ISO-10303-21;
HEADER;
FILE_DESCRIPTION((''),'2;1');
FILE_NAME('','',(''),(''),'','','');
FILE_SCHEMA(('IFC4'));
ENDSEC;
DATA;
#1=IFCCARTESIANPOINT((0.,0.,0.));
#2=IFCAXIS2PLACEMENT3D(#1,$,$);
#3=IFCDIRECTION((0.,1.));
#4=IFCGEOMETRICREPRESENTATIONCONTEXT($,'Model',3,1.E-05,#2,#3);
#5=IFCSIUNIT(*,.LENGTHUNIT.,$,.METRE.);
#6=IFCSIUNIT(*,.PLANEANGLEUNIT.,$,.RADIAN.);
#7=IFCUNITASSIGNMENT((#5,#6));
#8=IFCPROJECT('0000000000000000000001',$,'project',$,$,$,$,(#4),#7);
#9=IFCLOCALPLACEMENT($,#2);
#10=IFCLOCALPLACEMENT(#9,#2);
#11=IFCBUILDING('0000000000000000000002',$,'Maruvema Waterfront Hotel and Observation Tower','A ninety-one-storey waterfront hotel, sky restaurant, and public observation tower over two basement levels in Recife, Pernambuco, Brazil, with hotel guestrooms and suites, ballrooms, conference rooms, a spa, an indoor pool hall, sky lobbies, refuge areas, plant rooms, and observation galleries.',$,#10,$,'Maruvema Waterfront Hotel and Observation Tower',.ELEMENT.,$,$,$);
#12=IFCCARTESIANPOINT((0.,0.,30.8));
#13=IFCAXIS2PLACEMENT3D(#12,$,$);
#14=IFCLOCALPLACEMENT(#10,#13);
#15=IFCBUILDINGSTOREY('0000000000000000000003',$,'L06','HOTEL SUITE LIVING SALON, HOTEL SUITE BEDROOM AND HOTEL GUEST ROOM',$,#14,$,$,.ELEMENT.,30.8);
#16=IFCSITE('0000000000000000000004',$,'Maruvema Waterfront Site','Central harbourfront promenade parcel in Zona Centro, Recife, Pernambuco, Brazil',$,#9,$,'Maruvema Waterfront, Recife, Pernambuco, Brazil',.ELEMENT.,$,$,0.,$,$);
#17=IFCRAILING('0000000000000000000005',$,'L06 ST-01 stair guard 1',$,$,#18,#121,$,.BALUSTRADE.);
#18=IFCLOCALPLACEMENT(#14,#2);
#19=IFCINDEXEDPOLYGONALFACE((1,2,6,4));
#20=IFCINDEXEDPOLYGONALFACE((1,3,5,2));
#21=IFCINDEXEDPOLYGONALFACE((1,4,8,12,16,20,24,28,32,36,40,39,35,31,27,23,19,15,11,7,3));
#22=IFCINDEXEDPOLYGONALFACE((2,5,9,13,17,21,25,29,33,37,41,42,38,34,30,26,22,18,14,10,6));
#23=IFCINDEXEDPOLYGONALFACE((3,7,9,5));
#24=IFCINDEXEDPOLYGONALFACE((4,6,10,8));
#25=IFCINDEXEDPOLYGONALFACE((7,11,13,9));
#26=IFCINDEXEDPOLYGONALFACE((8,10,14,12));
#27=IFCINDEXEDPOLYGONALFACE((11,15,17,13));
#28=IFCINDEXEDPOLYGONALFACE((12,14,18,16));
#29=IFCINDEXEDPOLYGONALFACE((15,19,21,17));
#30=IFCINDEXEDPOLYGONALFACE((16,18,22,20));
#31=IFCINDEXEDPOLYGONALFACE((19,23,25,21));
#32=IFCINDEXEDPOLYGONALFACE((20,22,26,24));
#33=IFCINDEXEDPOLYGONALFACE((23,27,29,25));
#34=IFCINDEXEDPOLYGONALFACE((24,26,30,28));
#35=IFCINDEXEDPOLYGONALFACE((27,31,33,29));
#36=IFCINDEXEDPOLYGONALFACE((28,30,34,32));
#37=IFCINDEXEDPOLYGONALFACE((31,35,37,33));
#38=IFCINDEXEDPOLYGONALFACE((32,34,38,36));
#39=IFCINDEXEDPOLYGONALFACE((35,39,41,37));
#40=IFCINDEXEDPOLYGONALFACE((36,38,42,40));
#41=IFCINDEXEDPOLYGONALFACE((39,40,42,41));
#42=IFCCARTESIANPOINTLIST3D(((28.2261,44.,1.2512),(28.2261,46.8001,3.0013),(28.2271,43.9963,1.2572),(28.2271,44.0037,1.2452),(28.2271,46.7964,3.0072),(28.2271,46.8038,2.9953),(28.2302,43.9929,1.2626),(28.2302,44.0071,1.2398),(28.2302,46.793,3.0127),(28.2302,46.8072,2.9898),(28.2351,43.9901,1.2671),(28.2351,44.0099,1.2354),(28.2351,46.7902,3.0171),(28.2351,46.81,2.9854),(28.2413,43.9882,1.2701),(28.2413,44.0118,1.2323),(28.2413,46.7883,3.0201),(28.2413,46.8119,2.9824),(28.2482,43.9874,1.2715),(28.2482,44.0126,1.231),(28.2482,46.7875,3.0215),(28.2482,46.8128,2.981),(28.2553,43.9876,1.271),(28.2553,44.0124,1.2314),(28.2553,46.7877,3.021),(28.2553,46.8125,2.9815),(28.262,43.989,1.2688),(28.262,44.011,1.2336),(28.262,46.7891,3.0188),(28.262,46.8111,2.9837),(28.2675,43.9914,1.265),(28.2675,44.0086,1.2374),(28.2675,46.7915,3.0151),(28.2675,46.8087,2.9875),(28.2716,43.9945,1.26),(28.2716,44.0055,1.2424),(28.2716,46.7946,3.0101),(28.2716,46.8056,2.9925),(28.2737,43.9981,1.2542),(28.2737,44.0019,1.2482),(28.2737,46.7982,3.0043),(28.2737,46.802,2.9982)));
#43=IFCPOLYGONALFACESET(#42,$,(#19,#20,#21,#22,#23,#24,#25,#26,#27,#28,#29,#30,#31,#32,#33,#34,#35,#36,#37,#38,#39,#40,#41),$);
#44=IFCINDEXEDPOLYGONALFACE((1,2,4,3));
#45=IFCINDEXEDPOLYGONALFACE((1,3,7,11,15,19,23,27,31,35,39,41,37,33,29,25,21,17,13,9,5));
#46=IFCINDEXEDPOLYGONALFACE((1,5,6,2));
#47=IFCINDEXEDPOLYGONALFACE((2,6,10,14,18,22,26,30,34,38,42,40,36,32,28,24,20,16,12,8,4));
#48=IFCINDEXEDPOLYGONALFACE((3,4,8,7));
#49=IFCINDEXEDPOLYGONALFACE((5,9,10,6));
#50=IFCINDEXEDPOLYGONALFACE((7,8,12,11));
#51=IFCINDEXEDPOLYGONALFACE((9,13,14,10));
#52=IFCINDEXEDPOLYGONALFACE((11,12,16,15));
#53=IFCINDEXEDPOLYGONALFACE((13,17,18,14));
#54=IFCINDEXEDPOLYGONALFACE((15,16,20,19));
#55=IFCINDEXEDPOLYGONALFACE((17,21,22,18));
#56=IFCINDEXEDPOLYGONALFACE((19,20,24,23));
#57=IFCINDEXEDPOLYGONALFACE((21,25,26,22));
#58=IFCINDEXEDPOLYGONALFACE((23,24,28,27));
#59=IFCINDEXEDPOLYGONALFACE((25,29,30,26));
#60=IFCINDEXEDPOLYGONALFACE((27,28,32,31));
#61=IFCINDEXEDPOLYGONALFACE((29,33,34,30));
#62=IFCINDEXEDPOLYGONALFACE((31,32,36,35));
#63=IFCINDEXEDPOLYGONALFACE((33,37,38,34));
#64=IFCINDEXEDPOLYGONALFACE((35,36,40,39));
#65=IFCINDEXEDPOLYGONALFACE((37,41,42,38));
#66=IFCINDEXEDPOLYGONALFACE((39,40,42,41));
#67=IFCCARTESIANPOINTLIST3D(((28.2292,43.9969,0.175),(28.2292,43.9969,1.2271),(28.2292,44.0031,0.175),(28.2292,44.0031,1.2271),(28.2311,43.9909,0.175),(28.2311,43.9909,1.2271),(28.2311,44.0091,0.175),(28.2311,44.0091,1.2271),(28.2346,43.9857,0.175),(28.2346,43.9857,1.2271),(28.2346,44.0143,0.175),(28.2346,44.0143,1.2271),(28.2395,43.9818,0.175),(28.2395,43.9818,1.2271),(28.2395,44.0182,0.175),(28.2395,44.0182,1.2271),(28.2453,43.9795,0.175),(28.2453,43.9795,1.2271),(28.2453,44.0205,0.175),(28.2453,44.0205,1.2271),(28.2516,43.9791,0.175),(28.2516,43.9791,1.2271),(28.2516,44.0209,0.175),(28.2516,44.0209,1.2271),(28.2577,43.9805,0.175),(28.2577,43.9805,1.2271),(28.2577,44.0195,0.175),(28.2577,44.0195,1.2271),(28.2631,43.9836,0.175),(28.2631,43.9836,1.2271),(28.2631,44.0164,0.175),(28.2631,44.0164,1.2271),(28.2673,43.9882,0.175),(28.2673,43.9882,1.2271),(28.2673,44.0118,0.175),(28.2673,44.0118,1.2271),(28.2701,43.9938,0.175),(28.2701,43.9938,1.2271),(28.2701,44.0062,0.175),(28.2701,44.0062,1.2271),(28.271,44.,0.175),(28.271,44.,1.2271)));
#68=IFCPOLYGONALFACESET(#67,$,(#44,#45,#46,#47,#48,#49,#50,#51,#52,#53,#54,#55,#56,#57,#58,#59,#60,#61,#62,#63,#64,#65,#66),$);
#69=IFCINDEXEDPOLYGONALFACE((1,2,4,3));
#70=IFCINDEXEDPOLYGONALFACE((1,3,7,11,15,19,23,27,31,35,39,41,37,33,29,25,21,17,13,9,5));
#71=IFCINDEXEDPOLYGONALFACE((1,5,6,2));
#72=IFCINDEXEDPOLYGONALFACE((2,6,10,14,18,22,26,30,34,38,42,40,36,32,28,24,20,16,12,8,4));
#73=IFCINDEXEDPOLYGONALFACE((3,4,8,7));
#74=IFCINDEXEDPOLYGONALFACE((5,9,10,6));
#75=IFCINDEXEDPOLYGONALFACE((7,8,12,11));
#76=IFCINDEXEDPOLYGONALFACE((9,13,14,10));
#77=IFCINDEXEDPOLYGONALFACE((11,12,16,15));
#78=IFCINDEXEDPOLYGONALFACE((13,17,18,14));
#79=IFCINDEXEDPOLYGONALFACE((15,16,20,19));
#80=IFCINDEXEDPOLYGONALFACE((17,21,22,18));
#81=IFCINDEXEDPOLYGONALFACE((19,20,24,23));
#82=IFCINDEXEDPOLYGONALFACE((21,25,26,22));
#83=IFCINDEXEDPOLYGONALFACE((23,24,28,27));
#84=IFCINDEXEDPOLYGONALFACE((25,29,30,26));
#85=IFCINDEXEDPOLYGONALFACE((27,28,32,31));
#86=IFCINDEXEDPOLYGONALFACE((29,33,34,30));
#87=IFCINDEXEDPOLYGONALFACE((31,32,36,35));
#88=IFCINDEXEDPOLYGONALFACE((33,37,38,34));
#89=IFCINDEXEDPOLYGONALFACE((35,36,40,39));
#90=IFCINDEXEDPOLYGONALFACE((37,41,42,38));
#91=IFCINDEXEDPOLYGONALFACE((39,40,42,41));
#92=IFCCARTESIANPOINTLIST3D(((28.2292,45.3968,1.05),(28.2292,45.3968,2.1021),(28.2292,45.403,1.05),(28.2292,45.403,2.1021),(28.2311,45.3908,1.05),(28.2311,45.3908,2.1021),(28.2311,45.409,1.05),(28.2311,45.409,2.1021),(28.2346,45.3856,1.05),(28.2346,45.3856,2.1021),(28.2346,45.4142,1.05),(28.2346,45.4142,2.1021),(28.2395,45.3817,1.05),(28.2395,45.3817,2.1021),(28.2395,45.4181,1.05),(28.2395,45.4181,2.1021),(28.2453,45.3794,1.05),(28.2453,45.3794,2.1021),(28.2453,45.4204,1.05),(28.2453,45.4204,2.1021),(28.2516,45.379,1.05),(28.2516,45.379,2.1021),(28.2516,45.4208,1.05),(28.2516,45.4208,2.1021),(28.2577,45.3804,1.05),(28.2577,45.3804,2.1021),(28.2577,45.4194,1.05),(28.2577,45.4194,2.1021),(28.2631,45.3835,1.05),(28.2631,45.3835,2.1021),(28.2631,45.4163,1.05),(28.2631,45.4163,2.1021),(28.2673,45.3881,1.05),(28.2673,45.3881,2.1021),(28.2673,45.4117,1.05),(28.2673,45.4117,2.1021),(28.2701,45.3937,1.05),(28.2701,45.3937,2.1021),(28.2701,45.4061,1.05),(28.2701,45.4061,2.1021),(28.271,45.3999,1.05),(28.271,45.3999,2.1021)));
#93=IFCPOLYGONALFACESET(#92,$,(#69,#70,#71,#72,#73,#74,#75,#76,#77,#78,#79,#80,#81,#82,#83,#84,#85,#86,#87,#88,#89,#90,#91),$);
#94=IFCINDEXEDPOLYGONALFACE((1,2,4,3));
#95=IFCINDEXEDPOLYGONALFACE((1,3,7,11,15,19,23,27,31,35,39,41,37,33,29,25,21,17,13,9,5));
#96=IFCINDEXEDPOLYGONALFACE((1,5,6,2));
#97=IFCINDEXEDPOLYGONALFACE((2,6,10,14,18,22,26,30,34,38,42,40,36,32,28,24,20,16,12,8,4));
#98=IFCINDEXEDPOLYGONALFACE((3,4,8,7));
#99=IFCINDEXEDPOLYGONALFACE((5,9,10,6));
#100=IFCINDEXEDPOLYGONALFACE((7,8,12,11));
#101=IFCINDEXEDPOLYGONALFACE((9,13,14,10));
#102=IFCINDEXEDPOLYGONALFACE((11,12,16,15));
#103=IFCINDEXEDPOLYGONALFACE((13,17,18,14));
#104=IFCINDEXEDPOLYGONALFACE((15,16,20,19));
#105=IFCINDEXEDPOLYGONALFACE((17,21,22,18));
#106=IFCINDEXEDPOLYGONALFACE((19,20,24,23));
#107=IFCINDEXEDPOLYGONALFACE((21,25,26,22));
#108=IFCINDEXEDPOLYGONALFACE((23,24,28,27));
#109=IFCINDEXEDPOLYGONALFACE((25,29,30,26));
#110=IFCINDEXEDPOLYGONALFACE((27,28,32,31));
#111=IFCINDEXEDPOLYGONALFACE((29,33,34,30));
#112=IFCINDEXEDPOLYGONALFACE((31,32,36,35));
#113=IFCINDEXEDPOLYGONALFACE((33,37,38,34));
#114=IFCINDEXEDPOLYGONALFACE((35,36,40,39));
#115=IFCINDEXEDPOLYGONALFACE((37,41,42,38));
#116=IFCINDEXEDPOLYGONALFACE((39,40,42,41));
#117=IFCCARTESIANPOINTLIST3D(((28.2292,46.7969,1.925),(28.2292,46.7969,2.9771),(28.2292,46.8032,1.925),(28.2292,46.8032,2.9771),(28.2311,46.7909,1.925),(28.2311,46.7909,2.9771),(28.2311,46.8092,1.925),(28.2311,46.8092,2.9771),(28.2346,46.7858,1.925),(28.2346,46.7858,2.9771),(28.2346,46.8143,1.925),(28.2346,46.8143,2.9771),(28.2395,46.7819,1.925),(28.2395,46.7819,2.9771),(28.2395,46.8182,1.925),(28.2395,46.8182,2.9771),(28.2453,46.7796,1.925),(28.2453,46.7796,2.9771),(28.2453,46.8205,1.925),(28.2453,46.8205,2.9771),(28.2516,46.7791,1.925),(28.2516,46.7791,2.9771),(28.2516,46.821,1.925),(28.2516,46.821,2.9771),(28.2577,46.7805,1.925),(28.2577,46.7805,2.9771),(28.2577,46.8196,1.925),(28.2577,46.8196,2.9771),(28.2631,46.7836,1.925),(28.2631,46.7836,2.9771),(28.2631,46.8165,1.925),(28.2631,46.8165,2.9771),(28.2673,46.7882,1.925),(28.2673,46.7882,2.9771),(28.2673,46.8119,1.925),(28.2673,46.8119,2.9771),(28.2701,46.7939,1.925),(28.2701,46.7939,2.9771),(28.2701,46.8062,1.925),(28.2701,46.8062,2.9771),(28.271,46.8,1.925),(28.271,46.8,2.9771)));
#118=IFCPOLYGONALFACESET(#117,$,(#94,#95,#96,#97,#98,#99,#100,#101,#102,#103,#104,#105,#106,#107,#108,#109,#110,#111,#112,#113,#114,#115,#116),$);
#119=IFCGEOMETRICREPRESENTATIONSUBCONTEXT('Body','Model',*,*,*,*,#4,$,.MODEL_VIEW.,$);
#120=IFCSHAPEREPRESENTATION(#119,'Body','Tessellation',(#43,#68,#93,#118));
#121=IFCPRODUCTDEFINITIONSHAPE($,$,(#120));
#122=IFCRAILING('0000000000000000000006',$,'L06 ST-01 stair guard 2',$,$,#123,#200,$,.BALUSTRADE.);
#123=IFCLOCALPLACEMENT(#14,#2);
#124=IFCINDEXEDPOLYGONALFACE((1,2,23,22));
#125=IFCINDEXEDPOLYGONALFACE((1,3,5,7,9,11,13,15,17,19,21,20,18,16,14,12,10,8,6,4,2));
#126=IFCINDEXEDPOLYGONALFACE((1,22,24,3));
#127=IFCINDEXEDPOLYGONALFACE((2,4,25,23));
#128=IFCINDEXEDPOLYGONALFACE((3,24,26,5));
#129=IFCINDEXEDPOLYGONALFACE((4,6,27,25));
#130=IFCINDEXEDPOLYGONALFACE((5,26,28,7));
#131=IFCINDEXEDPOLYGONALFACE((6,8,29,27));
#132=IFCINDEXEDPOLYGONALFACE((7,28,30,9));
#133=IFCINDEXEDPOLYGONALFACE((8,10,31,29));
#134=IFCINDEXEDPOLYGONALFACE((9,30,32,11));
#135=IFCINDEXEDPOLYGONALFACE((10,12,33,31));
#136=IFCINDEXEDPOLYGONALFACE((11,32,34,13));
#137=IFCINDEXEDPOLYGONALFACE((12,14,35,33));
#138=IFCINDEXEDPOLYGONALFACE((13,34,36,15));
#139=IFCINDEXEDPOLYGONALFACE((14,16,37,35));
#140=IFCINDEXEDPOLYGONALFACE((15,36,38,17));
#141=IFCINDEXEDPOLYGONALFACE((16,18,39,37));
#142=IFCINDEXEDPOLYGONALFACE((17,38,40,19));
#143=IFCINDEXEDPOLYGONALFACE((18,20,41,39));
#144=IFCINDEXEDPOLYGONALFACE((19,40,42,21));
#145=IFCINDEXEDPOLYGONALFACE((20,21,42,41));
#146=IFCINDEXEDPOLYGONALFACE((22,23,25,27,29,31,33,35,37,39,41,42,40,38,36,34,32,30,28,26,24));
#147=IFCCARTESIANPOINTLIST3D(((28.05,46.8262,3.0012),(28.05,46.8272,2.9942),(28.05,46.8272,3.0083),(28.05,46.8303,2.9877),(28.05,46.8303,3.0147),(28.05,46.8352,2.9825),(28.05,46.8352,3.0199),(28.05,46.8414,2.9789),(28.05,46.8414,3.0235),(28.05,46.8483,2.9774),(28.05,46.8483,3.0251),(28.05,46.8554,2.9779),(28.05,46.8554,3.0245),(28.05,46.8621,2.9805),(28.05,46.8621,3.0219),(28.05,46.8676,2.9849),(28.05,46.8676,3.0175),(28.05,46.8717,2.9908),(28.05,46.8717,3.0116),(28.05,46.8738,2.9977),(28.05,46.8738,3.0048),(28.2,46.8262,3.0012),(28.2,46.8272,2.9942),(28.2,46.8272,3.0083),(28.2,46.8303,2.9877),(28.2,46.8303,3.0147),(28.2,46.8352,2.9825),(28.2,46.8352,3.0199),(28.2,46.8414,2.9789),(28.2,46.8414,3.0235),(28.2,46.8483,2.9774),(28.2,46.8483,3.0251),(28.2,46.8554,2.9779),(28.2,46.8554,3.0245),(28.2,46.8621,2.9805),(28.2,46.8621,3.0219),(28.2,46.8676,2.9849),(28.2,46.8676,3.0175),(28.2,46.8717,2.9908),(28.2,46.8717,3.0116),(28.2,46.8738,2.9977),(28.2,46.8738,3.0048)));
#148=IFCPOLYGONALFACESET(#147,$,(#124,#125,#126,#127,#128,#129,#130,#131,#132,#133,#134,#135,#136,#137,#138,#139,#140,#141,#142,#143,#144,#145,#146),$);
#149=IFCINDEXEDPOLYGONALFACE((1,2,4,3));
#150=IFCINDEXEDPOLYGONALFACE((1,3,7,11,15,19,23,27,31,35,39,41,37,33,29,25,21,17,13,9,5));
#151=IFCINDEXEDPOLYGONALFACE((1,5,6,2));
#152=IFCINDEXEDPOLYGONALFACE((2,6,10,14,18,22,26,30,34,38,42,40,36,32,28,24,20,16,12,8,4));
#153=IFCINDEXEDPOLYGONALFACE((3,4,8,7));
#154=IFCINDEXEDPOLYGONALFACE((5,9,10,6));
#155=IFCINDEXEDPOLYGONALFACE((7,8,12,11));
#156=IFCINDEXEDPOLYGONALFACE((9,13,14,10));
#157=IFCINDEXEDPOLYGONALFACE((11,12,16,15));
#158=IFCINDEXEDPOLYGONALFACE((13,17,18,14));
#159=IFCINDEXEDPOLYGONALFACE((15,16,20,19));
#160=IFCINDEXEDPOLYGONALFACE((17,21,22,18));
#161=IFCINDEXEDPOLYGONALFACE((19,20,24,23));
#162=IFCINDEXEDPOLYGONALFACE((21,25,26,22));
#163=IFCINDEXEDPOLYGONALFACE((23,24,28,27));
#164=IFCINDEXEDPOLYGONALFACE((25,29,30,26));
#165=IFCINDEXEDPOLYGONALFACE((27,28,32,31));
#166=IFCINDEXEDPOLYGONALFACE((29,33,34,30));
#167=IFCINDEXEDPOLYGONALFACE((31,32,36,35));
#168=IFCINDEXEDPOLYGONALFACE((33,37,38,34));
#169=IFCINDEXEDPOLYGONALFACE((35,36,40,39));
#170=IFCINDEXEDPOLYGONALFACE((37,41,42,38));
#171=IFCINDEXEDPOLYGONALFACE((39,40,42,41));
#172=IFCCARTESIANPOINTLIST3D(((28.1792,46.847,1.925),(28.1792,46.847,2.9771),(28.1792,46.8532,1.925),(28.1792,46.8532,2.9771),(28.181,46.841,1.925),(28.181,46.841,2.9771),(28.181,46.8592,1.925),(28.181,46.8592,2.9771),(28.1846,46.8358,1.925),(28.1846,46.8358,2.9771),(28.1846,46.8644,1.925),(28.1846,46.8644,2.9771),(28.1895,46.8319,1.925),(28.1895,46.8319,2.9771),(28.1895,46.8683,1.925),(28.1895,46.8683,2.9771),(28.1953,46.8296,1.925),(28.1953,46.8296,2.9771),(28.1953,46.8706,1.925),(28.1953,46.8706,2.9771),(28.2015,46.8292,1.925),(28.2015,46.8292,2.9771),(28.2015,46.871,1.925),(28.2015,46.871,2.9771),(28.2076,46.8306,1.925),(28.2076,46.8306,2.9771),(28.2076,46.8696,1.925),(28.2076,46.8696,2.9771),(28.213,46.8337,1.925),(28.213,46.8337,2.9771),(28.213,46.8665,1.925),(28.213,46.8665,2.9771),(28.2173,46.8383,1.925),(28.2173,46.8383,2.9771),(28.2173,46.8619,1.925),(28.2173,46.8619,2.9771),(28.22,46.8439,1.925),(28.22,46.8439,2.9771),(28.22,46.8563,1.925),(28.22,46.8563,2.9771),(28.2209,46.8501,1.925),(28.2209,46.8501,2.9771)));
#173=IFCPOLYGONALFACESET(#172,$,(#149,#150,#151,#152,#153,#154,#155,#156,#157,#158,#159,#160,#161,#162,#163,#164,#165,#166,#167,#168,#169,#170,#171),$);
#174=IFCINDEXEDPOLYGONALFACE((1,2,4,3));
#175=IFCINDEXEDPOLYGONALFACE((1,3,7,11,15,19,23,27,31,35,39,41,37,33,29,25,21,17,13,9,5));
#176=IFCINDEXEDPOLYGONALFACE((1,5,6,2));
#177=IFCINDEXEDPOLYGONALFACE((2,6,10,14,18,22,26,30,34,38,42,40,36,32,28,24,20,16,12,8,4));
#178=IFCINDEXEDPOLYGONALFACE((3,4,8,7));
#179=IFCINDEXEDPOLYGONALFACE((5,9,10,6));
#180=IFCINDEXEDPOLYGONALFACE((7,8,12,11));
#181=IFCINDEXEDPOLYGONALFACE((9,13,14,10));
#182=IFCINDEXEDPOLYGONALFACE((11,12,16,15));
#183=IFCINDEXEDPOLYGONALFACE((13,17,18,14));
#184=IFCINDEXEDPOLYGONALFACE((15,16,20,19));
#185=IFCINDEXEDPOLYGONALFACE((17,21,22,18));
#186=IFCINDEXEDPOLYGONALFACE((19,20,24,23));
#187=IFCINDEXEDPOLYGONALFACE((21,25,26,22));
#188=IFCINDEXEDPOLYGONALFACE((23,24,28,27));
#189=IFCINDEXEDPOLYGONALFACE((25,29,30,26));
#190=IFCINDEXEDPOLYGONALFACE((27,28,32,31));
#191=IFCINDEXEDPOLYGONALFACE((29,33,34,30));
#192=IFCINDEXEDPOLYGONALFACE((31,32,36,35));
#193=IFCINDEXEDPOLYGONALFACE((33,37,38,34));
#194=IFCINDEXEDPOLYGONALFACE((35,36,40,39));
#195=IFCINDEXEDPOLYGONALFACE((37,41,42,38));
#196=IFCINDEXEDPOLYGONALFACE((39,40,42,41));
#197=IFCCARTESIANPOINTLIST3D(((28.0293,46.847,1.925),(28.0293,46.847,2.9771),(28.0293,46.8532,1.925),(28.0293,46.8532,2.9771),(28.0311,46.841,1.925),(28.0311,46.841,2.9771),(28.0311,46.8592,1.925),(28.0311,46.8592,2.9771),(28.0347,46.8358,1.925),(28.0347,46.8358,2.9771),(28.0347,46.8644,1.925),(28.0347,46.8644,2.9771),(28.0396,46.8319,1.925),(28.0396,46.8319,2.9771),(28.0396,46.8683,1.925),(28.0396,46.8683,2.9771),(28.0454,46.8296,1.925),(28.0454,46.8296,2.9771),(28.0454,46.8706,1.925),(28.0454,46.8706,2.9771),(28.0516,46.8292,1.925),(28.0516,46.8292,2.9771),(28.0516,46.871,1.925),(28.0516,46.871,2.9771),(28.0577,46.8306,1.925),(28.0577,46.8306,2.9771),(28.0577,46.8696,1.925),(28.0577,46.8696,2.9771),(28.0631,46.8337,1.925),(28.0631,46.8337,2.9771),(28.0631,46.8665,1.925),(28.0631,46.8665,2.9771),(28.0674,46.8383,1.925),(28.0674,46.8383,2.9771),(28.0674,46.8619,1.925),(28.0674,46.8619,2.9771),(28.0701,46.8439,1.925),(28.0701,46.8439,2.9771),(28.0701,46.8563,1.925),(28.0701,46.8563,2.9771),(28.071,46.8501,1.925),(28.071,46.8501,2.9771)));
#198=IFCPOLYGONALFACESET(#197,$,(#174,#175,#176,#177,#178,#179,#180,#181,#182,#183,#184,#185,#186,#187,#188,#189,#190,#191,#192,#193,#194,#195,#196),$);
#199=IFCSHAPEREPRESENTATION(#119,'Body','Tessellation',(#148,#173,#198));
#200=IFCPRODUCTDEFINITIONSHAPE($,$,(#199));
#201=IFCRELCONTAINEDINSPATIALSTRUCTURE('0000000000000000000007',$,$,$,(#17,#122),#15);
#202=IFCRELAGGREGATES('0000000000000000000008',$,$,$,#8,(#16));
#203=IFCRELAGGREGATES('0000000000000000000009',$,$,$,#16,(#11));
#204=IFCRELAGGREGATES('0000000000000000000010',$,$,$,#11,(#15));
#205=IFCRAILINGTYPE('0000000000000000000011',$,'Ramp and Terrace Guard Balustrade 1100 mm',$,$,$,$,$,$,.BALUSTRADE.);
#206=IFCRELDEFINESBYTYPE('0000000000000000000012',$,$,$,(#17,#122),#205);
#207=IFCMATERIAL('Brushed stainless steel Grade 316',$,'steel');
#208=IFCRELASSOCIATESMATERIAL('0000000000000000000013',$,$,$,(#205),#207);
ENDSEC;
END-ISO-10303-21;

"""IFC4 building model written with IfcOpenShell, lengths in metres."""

from ifc_helpers import new_model, si_unit, direction, frame, origin, origin_2d, place, context, subcontext, project, spatial, circle, extrude, material, type_object, element, save


model = new_model("IFC4")

# Units and contexts
model_context = context("Model", 3, precision=1e-05, world=origin(), true_north=direction((0.0, 1.0)))
body_context = subcontext(model_context, "Body", "Model", "MODEL_VIEW")
ifc_project = project(units=[si_unit("LENGTHUNIT", "METRE"), si_unit("PLANEANGLEUNIT", "RADIAN")], contexts=[model_context])

# Site, building, storey
site_placement = place(None, origin())
site = spatial("IfcSite", under=ifc_project, at=site_placement, Name="Maruvema Waterfront Site", Description="Central harbourfront promenade parcel in Zona Centro, Recife, Pernambuco, Brazil", LongName="Maruvema Waterfront, Recife, Pernambuco, Brazil", CompositionType="ELEMENT", RefElevation=0.0)
building_placement = place(site_placement, origin())
building = spatial("IfcBuilding", under=site, at=building_placement, Name="Maruvema Waterfront Hotel and Observation Tower", Description="A ninety-one-storey waterfront hotel, sky restaurant, and public observation tower over two basement levels in Recife, Pernambuco, Brazil, with hotel guestrooms and suites, ballrooms, conference rooms, a spa, an indoor pool hall, sky lobbies, refuge areas, plant rooms, and observation galleries.", LongName="Maruvema Waterfront Hotel and Observation Tower", CompositionType="ELEMENT")
storey_placement = place(building_placement, frame((0.0, 0.0, 30.8)))
storey = spatial("IfcBuildingStorey", under=building, at=storey_placement, Name="L06", Description="HOTEL SUITE LIVING SALON, HOTEL SUITE BEDROOM AND HOTEL GUEST ROOM", CompositionType="ELEMENT", Elevation=30.8)

# Railings
ifc_material_1 = material(Name="Brushed stainless steel Grade 316", Category="steel")
railing_type_1 = type_object("IfcRailingType", Name="Ramp and Terrace Guard Balustrade 1100 mm", PredefinedType="BALUSTRADE", material=ifc_material_1)
railing_1_placement = place(storey_placement, frame((28.25, 44.0, 0.175)))
element("IfcRailing", 1, at=railing_1_placement, inside=storey, type_object=railing_type_1, Name="L06 ST-01 stair guard 1", PredefinedType="BALUSTRADE", context=body_context, shape_type="SweptSolid", body=[
    extrude(circle(Radius=0.0239, at=origin_2d()), frame((0.0, 0.0, 1.0762), z_axis=(0.0, 0.848002, 0.529992), x_axis=(-1.0, 0.0, 0.0)), (0.0, 0.0, 1.0), 3.302),
    extrude(circle(Radius=0.021, at=origin_2d()), origin(), (0.0, 0.0, 1.0), 1.052),
    extrude(circle(Radius=0.021, at=origin_2d()), frame((0.0, 1.3999, 0.875)), (0.0, 0.0, 1.0), 1.052),
    extrude(circle(Radius=0.021, at=origin_2d()), frame((0.0, 2.8, 1.75)), (0.0, 0.0, 1.0), 1.052),
])
railing_2_placement = place(storey_placement, frame((28.2, 46.8501, 1.925)))
element("IfcRailing", 2, at=railing_2_placement, inside=storey, type_object=railing_type_1, Name="L06 ST-01 stair guard 2", PredefinedType="BALUSTRADE", context=body_context, shape_type="SweptSolid", body=[
    extrude(circle(Radius=0.0239, at=origin_2d()), frame((0.0, 0.0, 1.0762), z_axis=(-1.0, 0.0, 0.0), x_axis=(0.0, -1.0, 0.0)), (0.0, 0.0, 1.0), 0.1499),
    extrude(circle(Radius=0.021, at=origin_2d()), origin(), (0.0, 0.0, 1.0), 1.052),
    extrude(circle(Radius=0.021, at=origin_2d()), frame((-0.1499, 0.0, 0.0)), (0.0, 0.0, 1.0), 1.052),
])

save(model, "model.ifc")
